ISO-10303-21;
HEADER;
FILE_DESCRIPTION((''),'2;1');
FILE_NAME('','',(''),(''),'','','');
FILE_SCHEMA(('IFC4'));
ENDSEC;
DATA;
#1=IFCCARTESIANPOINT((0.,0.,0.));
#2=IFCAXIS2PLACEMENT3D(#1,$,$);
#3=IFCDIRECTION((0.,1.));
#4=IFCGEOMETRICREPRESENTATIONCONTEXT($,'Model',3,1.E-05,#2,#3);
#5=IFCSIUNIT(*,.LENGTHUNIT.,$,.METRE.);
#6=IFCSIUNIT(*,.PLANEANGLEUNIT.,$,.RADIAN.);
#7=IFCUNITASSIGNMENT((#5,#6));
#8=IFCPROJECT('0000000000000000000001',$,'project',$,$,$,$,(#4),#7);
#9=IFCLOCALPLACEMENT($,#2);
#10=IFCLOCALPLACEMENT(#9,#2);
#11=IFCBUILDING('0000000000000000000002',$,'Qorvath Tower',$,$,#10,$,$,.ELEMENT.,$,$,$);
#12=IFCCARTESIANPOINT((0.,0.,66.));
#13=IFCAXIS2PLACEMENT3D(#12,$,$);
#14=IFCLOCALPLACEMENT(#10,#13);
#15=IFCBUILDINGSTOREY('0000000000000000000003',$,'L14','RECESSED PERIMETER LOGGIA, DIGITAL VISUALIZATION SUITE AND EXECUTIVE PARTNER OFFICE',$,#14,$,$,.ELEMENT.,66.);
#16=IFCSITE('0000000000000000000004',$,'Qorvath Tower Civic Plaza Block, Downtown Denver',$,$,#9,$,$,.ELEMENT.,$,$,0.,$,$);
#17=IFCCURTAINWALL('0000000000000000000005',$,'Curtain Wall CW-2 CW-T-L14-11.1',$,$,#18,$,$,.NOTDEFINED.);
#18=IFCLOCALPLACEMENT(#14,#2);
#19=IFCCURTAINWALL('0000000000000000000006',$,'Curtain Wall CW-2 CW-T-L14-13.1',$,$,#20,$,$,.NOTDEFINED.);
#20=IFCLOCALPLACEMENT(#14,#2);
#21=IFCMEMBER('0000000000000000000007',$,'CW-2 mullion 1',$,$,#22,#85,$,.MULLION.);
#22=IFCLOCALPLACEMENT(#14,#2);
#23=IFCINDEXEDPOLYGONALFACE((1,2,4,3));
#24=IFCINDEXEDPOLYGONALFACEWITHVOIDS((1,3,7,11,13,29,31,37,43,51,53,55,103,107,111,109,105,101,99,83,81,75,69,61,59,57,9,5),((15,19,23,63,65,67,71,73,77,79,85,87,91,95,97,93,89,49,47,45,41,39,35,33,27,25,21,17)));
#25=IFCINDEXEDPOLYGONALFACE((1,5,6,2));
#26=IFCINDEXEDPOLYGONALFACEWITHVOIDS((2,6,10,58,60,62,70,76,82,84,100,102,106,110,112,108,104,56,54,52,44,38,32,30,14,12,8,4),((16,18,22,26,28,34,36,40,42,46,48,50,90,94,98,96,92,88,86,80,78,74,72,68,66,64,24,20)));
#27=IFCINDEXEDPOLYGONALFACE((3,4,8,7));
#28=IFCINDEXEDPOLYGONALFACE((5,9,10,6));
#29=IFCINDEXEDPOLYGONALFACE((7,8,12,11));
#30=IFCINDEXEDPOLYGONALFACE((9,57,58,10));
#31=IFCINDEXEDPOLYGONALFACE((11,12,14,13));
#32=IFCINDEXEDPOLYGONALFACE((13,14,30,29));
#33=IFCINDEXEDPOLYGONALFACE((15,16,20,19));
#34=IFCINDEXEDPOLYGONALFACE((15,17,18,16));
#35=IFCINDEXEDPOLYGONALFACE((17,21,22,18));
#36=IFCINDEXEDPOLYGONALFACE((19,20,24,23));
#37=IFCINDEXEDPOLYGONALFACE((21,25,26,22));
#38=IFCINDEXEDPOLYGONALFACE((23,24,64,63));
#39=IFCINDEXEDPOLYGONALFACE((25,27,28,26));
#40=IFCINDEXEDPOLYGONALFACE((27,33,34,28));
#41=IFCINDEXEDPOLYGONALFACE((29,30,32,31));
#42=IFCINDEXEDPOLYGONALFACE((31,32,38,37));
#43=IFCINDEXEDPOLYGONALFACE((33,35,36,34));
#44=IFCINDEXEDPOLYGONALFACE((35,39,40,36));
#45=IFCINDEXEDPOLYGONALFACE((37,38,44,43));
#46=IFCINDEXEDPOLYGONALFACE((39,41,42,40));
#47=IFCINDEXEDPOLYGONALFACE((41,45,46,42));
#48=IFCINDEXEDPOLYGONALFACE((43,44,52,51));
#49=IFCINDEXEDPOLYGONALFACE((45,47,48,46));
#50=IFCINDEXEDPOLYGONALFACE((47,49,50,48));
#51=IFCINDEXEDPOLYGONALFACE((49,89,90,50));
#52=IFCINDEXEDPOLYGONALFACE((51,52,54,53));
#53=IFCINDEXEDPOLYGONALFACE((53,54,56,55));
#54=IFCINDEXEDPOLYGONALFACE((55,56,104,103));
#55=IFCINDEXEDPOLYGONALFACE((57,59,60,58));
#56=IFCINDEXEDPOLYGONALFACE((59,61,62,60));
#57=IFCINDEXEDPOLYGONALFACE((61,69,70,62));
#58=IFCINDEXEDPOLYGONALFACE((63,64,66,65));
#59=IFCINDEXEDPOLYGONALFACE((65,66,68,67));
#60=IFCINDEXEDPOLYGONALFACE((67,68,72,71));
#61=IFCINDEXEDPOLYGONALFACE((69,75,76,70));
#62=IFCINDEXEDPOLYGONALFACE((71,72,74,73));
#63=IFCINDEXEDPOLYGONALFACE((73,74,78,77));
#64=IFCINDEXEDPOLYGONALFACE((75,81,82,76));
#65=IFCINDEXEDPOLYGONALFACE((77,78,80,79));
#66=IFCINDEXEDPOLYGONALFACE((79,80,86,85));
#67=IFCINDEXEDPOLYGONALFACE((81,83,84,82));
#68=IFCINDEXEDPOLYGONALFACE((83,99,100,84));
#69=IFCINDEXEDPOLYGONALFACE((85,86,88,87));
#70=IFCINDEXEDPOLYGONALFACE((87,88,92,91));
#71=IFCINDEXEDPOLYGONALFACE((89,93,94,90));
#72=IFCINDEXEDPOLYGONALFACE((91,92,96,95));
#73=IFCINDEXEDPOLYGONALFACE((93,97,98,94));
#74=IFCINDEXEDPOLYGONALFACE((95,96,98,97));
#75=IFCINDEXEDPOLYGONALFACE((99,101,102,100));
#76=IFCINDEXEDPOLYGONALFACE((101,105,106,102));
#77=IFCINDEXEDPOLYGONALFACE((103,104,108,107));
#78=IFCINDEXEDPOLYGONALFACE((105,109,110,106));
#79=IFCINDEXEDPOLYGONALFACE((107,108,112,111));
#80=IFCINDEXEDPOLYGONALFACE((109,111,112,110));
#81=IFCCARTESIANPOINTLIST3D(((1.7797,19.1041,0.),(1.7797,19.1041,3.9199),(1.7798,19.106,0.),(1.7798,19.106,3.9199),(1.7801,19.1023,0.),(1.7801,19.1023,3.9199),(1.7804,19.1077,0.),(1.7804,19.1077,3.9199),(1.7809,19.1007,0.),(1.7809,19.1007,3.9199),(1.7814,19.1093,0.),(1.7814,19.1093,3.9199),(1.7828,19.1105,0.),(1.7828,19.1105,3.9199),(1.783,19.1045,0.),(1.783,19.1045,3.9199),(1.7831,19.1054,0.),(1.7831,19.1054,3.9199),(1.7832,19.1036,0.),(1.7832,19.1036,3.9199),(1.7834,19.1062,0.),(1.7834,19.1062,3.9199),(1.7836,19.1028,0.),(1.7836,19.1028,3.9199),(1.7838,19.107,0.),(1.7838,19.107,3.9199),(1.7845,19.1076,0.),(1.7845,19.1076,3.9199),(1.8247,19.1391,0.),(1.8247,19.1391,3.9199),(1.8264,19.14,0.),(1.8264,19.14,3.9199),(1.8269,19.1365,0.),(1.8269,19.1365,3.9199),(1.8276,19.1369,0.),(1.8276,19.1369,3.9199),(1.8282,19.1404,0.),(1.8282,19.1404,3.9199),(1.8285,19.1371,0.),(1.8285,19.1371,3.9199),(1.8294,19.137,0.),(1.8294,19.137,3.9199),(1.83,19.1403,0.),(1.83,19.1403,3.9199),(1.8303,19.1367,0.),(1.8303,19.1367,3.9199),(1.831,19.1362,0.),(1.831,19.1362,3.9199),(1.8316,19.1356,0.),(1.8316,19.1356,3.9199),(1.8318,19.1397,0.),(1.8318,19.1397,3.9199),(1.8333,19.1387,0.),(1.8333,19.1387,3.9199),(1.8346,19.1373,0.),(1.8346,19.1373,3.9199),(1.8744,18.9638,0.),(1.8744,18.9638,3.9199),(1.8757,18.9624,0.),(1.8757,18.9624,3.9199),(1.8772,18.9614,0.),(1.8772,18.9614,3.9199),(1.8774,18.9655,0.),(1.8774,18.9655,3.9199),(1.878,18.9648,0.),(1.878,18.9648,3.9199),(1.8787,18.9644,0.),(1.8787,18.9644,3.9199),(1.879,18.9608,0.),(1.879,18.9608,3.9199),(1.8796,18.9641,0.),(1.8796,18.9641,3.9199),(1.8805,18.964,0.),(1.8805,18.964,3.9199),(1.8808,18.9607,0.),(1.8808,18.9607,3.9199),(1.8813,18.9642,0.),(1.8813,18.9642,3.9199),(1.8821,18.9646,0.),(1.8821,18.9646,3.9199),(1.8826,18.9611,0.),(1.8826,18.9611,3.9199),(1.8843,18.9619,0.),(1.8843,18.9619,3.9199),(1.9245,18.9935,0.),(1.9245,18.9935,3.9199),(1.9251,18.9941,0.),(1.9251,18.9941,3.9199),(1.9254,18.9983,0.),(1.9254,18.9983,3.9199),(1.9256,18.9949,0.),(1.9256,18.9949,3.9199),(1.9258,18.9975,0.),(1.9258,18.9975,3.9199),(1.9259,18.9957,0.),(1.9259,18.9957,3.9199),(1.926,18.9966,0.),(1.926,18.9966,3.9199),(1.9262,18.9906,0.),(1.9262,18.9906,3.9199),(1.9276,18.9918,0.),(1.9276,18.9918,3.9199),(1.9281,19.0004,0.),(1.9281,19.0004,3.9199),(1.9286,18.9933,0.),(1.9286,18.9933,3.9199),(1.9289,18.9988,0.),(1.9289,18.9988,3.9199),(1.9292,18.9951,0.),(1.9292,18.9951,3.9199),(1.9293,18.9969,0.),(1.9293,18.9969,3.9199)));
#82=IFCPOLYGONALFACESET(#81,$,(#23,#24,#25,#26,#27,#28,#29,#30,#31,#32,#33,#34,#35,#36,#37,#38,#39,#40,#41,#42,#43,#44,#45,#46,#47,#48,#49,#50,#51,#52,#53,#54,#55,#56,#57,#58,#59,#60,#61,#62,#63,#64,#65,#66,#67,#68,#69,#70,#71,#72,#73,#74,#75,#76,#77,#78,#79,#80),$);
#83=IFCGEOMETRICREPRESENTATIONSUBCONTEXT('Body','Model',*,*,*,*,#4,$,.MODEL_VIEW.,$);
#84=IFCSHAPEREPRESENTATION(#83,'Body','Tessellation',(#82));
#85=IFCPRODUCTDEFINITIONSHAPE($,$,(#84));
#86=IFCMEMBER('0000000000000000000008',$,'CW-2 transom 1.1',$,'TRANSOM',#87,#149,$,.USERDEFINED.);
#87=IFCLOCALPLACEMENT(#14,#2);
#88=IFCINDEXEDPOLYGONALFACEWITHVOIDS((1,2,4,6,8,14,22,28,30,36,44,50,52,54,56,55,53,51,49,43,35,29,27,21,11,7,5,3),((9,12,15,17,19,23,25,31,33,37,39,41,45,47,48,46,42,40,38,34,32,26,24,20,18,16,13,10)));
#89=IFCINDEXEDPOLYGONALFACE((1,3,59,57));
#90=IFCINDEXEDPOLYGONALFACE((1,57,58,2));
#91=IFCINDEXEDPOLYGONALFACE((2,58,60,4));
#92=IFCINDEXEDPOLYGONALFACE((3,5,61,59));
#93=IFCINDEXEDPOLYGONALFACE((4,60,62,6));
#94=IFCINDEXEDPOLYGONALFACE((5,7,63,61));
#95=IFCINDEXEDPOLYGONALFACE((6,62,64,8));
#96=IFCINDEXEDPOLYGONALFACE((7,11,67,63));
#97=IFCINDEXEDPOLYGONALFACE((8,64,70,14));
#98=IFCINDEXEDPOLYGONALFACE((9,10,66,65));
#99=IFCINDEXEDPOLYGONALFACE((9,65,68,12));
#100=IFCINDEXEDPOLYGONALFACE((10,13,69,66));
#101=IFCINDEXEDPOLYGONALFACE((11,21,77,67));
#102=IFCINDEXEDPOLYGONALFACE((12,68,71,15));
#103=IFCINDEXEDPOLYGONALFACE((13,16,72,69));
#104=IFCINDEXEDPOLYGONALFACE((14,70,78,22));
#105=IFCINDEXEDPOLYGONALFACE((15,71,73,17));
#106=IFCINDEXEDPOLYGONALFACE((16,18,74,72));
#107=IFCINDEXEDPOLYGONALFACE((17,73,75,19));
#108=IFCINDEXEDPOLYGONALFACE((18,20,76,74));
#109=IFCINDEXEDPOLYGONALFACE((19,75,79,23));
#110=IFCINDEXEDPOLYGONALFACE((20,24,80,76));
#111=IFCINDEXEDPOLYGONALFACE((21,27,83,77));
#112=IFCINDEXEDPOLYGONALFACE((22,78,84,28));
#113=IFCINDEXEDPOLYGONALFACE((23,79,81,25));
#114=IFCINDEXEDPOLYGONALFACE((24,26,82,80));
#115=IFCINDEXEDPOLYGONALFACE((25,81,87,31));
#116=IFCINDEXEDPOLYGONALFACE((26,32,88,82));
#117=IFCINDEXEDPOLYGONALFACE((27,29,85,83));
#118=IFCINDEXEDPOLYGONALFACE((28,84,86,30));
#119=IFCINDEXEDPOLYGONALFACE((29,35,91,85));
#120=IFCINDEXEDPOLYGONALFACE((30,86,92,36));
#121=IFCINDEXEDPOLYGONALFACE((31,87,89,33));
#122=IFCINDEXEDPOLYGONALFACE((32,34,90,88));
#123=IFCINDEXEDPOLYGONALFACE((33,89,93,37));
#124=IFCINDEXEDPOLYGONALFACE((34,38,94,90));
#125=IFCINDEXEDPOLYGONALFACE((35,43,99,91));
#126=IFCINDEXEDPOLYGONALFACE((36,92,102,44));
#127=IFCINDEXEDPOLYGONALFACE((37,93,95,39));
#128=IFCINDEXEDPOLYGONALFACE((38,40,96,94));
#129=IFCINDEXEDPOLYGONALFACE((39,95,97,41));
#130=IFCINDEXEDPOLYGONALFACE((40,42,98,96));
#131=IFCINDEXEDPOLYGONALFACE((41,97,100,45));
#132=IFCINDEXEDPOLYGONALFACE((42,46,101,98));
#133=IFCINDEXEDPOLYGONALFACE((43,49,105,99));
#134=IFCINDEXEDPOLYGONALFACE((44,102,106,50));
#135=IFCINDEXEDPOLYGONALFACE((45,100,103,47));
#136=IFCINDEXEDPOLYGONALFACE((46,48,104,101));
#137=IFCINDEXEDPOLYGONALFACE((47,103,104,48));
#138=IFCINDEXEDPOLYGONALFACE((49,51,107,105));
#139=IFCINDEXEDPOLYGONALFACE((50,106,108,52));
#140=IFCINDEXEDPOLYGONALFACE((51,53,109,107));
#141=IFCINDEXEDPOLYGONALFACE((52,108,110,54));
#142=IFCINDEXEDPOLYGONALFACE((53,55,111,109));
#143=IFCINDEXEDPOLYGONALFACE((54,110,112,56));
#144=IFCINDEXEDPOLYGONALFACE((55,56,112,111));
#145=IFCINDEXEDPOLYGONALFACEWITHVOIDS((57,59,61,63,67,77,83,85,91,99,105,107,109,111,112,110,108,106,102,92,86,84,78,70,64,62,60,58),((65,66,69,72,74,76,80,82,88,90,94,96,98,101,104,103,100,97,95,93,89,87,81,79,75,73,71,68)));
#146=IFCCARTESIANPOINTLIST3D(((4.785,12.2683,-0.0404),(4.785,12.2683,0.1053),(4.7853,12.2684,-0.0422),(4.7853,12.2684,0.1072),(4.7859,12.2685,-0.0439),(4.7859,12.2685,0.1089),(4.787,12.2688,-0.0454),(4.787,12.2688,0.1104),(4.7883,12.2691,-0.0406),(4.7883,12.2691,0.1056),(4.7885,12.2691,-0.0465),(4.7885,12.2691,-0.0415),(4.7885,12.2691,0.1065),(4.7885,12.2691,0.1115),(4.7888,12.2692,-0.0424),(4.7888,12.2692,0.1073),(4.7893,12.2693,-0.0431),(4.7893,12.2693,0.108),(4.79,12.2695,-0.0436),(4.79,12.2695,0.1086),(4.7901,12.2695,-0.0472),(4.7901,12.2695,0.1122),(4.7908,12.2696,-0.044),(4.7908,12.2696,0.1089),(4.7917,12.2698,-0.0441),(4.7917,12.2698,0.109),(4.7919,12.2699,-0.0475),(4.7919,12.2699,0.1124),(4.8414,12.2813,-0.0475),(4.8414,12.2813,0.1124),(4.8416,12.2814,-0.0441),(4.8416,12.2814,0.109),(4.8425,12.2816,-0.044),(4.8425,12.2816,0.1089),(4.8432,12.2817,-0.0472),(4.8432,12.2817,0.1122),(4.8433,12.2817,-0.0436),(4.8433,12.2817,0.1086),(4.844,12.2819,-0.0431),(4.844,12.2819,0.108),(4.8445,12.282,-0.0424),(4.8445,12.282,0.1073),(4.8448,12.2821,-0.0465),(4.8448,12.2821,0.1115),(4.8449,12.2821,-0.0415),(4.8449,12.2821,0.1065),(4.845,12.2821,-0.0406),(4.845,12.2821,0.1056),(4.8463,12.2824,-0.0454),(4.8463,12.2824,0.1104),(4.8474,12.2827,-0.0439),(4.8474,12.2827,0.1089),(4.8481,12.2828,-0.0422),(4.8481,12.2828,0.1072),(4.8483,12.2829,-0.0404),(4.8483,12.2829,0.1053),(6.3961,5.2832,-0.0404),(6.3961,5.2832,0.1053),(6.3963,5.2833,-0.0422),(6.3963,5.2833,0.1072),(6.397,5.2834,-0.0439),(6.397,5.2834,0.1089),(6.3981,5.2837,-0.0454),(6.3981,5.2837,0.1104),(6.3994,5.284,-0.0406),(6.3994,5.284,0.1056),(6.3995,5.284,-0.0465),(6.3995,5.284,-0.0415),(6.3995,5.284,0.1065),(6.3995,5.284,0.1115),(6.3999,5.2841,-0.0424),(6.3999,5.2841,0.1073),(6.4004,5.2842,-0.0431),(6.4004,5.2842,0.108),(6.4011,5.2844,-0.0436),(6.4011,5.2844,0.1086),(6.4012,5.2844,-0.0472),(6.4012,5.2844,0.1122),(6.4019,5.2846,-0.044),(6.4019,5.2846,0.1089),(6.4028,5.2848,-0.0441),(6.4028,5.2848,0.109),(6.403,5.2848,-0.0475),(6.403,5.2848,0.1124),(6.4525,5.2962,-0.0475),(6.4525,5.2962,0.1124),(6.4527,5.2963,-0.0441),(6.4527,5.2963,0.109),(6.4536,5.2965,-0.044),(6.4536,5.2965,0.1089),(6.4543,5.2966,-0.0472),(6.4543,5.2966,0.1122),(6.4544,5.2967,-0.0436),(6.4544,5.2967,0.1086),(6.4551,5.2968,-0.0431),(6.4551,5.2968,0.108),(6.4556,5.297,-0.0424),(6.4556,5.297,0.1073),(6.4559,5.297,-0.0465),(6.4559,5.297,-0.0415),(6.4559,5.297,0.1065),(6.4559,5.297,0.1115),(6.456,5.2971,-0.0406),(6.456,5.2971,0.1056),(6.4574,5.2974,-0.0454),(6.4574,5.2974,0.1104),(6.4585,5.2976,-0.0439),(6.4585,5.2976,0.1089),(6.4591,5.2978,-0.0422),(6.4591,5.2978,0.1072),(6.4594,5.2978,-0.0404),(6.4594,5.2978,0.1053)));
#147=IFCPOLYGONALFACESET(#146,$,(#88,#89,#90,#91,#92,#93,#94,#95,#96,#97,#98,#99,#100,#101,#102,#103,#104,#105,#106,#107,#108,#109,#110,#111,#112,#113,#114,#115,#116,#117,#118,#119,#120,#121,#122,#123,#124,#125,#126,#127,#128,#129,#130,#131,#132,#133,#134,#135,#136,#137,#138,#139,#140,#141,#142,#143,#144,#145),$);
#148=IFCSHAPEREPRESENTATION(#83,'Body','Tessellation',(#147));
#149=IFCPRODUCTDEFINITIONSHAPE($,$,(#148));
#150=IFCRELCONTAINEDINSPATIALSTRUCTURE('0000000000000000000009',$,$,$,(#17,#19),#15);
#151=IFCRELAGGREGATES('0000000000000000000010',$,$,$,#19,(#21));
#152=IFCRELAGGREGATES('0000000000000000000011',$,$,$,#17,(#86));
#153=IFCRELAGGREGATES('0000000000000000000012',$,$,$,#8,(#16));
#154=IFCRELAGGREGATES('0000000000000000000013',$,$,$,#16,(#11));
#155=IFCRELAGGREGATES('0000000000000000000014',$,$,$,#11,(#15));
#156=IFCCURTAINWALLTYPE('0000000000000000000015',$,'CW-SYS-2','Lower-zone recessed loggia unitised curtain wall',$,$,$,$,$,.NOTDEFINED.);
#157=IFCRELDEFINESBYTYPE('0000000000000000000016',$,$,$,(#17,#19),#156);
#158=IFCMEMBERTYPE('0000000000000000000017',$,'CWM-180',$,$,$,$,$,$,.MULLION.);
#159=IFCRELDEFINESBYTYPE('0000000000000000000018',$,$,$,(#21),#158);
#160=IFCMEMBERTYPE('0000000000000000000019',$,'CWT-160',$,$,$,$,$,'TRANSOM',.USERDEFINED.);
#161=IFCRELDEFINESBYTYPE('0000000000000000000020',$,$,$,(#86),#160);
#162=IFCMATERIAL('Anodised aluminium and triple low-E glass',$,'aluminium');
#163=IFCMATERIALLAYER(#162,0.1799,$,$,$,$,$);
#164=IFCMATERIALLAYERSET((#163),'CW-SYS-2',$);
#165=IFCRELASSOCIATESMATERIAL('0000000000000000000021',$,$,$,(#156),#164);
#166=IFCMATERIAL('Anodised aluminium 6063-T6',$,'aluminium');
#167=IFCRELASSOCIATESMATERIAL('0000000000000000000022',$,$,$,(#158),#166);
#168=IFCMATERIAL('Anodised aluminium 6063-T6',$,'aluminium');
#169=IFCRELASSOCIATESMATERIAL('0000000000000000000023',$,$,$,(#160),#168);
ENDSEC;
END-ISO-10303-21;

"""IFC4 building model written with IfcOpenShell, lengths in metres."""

from ifc_helpers import new_model, si_unit, direction, frame, origin, origin_2d, place, context, subcontext, project, spatial, hollow_rectangle, extrude, material, layer, layer_set, material_profile, profile_set, type_object, element, aggregate, save


model = new_model("IFC4")

# Units and contexts
model_context = context("Model", 3, precision=1e-05, world=origin(), true_north=direction((0.0, 1.0)))
body_context = subcontext(model_context, "Body", "Model", "MODEL_VIEW")
ifc_project = project(units=[si_unit("LENGTHUNIT", "METRE"), si_unit("PLANEANGLEUNIT", "RADIAN")], contexts=[model_context])

# Site, building, storey
site_placement = place(None, origin())
site = spatial("IfcSite", under=ifc_project, at=site_placement, Name="Qorvath Tower Civic Plaza Block, Downtown Denver", CompositionType="ELEMENT", RefElevation=0.0)
building_placement = place(site_placement, origin())
building = spatial("IfcBuilding", under=site, at=building_placement, Name="Qorvath Tower", CompositionType="ELEMENT")
storey_placement = place(building_placement, frame((0.0, 0.0, 66.0)))
storey = spatial("IfcBuildingStorey", under=building, at=storey_placement, Name="L14", Description="RECESSED PERIMETER LOGGIA, DIGITAL VISUALIZATION SUITE AND EXECUTIVE PARTNER OFFICE", CompositionType="ELEMENT", Elevation=66.0)

# Shared definitions
ifc_material_1 = material(Name="Anodised aluminium and triple low-E glass", Category="aluminium")
ifc_layer_1 = layer(ifc_material_1, 0.1799)
ifc_layer_set_1 = layer_set([ifc_layer_1], Name="CW-SYS-2")
curtain_wall_type = type_object("IfcCurtainWallType", Name="CW-SYS-2", Description="Lower-zone recessed loggia unitised curtain wall", PredefinedType="NOTDEFINED", material=ifc_layer_set_1)
ifc_material_2 = material(Name="Anodised aluminium 6063-T6", Category="aluminium")
ifc_material_profile_1 = material_profile(ifc_material_2, hollow_rectangle(XDim=0.0649, YDim=0.1799, WallThickness=0.0034, InnerFilletRadius=0.0034, OuterFilletRadius=0.0071, at=origin_2d()), Name="CWM 180x65")
ifc_profile_set_1 = profile_set([ifc_material_profile_1], Name="Anodised aluminium 6063-T6")
member_type_1 = type_object("IfcMemberType", Name="CWM-180", PredefinedType="MULLION", material=ifc_profile_set_1)

# Curtain wall
curtain_wall_1_placement = place(storey_placement, origin())
curtain_wall_1 = element("IfcCurtainWall", 1, at=curtain_wall_1_placement, inside=storey, type_object=curtain_wall_type, Name="Curtain Wall CW-2 CW-T-L14-11.1", PredefinedType="NOTDEFINED")

# Curtain wall, member
curtain_wall_2_placement = place(storey_placement, origin())
curtain_wall_2 = element("IfcCurtainWall", 2, at=curtain_wall_2_placement, inside=storey, type_object=curtain_wall_type, Name="Curtain Wall CW-2 CW-T-L14-13.1", PredefinedType="NOTDEFINED")
member_1_placement = place(storey_placement, frame((1.8545, 19.0505, 0.0), z_axis=(0.0, 0.0, 1.0), x_axis=(-0.825792, -0.563974, 0.0)))
member_1 = element("IfcMember", 3, at=member_1_placement, type_object=member_type_1, Name="CW-2 mullion 1", PredefinedType="MULLION", context=body_context, shape_type="SweptSolid", body=[
    extrude(hollow_rectangle(XDim=0.0649, YDim=0.1799, WallThickness=0.0034, InnerFilletRadius=0.0034, OuterFilletRadius=0.0071, at=origin_2d()), origin(), (0.0, 0.0, 1.0), 3.9199),
])

# Member
ifc_material_3 = material(Name="Anodised aluminium 6063-T6", Category="aluminium")
ifc_material_profile_2 = material_profile(ifc_material_3, hollow_rectangle(XDim=0.0649, YDim=0.1599, WallThickness=0.0034, InnerFilletRadius=0.0034, OuterFilletRadius=0.0071, at=origin_2d()), Name="CWT 160x65")
ifc_profile_set_2 = profile_set([ifc_material_profile_2], Name="Anodised aluminium 6063-T6")
member_type_2 = type_object("IfcMemberType", Name="CWT-160", ElementType="TRANSOM", PredefinedType="USERDEFINED", material=ifc_profile_set_2)
member_2_placement = place(storey_placement, frame((6.4277, 5.2905, 0.0325), z_axis=(-0.224745, 0.974418, 0.0), x_axis=(-0.974418, -0.224745, 0.0)))
member_2 = element("IfcMember", 4, at=member_2_placement, type_object=member_type_2, Name="CW-2 transom 1.1", ObjectType="TRANSOM", PredefinedType="USERDEFINED", context=body_context, shape_type="SweptSolid", body=[
    extrude(hollow_rectangle(XDim=0.0649, YDim=0.1599, WallThickness=0.0034, InnerFilletRadius=0.0034, OuterFilletRadius=0.0071, at=origin_2d()), origin(), (0.0, 0.0, 1.0), 7.1685),
])
aggregate(curtain_wall_2, [member_1])

aggregate(curtain_wall_1, [member_2])

save(model, "model.ifc")
